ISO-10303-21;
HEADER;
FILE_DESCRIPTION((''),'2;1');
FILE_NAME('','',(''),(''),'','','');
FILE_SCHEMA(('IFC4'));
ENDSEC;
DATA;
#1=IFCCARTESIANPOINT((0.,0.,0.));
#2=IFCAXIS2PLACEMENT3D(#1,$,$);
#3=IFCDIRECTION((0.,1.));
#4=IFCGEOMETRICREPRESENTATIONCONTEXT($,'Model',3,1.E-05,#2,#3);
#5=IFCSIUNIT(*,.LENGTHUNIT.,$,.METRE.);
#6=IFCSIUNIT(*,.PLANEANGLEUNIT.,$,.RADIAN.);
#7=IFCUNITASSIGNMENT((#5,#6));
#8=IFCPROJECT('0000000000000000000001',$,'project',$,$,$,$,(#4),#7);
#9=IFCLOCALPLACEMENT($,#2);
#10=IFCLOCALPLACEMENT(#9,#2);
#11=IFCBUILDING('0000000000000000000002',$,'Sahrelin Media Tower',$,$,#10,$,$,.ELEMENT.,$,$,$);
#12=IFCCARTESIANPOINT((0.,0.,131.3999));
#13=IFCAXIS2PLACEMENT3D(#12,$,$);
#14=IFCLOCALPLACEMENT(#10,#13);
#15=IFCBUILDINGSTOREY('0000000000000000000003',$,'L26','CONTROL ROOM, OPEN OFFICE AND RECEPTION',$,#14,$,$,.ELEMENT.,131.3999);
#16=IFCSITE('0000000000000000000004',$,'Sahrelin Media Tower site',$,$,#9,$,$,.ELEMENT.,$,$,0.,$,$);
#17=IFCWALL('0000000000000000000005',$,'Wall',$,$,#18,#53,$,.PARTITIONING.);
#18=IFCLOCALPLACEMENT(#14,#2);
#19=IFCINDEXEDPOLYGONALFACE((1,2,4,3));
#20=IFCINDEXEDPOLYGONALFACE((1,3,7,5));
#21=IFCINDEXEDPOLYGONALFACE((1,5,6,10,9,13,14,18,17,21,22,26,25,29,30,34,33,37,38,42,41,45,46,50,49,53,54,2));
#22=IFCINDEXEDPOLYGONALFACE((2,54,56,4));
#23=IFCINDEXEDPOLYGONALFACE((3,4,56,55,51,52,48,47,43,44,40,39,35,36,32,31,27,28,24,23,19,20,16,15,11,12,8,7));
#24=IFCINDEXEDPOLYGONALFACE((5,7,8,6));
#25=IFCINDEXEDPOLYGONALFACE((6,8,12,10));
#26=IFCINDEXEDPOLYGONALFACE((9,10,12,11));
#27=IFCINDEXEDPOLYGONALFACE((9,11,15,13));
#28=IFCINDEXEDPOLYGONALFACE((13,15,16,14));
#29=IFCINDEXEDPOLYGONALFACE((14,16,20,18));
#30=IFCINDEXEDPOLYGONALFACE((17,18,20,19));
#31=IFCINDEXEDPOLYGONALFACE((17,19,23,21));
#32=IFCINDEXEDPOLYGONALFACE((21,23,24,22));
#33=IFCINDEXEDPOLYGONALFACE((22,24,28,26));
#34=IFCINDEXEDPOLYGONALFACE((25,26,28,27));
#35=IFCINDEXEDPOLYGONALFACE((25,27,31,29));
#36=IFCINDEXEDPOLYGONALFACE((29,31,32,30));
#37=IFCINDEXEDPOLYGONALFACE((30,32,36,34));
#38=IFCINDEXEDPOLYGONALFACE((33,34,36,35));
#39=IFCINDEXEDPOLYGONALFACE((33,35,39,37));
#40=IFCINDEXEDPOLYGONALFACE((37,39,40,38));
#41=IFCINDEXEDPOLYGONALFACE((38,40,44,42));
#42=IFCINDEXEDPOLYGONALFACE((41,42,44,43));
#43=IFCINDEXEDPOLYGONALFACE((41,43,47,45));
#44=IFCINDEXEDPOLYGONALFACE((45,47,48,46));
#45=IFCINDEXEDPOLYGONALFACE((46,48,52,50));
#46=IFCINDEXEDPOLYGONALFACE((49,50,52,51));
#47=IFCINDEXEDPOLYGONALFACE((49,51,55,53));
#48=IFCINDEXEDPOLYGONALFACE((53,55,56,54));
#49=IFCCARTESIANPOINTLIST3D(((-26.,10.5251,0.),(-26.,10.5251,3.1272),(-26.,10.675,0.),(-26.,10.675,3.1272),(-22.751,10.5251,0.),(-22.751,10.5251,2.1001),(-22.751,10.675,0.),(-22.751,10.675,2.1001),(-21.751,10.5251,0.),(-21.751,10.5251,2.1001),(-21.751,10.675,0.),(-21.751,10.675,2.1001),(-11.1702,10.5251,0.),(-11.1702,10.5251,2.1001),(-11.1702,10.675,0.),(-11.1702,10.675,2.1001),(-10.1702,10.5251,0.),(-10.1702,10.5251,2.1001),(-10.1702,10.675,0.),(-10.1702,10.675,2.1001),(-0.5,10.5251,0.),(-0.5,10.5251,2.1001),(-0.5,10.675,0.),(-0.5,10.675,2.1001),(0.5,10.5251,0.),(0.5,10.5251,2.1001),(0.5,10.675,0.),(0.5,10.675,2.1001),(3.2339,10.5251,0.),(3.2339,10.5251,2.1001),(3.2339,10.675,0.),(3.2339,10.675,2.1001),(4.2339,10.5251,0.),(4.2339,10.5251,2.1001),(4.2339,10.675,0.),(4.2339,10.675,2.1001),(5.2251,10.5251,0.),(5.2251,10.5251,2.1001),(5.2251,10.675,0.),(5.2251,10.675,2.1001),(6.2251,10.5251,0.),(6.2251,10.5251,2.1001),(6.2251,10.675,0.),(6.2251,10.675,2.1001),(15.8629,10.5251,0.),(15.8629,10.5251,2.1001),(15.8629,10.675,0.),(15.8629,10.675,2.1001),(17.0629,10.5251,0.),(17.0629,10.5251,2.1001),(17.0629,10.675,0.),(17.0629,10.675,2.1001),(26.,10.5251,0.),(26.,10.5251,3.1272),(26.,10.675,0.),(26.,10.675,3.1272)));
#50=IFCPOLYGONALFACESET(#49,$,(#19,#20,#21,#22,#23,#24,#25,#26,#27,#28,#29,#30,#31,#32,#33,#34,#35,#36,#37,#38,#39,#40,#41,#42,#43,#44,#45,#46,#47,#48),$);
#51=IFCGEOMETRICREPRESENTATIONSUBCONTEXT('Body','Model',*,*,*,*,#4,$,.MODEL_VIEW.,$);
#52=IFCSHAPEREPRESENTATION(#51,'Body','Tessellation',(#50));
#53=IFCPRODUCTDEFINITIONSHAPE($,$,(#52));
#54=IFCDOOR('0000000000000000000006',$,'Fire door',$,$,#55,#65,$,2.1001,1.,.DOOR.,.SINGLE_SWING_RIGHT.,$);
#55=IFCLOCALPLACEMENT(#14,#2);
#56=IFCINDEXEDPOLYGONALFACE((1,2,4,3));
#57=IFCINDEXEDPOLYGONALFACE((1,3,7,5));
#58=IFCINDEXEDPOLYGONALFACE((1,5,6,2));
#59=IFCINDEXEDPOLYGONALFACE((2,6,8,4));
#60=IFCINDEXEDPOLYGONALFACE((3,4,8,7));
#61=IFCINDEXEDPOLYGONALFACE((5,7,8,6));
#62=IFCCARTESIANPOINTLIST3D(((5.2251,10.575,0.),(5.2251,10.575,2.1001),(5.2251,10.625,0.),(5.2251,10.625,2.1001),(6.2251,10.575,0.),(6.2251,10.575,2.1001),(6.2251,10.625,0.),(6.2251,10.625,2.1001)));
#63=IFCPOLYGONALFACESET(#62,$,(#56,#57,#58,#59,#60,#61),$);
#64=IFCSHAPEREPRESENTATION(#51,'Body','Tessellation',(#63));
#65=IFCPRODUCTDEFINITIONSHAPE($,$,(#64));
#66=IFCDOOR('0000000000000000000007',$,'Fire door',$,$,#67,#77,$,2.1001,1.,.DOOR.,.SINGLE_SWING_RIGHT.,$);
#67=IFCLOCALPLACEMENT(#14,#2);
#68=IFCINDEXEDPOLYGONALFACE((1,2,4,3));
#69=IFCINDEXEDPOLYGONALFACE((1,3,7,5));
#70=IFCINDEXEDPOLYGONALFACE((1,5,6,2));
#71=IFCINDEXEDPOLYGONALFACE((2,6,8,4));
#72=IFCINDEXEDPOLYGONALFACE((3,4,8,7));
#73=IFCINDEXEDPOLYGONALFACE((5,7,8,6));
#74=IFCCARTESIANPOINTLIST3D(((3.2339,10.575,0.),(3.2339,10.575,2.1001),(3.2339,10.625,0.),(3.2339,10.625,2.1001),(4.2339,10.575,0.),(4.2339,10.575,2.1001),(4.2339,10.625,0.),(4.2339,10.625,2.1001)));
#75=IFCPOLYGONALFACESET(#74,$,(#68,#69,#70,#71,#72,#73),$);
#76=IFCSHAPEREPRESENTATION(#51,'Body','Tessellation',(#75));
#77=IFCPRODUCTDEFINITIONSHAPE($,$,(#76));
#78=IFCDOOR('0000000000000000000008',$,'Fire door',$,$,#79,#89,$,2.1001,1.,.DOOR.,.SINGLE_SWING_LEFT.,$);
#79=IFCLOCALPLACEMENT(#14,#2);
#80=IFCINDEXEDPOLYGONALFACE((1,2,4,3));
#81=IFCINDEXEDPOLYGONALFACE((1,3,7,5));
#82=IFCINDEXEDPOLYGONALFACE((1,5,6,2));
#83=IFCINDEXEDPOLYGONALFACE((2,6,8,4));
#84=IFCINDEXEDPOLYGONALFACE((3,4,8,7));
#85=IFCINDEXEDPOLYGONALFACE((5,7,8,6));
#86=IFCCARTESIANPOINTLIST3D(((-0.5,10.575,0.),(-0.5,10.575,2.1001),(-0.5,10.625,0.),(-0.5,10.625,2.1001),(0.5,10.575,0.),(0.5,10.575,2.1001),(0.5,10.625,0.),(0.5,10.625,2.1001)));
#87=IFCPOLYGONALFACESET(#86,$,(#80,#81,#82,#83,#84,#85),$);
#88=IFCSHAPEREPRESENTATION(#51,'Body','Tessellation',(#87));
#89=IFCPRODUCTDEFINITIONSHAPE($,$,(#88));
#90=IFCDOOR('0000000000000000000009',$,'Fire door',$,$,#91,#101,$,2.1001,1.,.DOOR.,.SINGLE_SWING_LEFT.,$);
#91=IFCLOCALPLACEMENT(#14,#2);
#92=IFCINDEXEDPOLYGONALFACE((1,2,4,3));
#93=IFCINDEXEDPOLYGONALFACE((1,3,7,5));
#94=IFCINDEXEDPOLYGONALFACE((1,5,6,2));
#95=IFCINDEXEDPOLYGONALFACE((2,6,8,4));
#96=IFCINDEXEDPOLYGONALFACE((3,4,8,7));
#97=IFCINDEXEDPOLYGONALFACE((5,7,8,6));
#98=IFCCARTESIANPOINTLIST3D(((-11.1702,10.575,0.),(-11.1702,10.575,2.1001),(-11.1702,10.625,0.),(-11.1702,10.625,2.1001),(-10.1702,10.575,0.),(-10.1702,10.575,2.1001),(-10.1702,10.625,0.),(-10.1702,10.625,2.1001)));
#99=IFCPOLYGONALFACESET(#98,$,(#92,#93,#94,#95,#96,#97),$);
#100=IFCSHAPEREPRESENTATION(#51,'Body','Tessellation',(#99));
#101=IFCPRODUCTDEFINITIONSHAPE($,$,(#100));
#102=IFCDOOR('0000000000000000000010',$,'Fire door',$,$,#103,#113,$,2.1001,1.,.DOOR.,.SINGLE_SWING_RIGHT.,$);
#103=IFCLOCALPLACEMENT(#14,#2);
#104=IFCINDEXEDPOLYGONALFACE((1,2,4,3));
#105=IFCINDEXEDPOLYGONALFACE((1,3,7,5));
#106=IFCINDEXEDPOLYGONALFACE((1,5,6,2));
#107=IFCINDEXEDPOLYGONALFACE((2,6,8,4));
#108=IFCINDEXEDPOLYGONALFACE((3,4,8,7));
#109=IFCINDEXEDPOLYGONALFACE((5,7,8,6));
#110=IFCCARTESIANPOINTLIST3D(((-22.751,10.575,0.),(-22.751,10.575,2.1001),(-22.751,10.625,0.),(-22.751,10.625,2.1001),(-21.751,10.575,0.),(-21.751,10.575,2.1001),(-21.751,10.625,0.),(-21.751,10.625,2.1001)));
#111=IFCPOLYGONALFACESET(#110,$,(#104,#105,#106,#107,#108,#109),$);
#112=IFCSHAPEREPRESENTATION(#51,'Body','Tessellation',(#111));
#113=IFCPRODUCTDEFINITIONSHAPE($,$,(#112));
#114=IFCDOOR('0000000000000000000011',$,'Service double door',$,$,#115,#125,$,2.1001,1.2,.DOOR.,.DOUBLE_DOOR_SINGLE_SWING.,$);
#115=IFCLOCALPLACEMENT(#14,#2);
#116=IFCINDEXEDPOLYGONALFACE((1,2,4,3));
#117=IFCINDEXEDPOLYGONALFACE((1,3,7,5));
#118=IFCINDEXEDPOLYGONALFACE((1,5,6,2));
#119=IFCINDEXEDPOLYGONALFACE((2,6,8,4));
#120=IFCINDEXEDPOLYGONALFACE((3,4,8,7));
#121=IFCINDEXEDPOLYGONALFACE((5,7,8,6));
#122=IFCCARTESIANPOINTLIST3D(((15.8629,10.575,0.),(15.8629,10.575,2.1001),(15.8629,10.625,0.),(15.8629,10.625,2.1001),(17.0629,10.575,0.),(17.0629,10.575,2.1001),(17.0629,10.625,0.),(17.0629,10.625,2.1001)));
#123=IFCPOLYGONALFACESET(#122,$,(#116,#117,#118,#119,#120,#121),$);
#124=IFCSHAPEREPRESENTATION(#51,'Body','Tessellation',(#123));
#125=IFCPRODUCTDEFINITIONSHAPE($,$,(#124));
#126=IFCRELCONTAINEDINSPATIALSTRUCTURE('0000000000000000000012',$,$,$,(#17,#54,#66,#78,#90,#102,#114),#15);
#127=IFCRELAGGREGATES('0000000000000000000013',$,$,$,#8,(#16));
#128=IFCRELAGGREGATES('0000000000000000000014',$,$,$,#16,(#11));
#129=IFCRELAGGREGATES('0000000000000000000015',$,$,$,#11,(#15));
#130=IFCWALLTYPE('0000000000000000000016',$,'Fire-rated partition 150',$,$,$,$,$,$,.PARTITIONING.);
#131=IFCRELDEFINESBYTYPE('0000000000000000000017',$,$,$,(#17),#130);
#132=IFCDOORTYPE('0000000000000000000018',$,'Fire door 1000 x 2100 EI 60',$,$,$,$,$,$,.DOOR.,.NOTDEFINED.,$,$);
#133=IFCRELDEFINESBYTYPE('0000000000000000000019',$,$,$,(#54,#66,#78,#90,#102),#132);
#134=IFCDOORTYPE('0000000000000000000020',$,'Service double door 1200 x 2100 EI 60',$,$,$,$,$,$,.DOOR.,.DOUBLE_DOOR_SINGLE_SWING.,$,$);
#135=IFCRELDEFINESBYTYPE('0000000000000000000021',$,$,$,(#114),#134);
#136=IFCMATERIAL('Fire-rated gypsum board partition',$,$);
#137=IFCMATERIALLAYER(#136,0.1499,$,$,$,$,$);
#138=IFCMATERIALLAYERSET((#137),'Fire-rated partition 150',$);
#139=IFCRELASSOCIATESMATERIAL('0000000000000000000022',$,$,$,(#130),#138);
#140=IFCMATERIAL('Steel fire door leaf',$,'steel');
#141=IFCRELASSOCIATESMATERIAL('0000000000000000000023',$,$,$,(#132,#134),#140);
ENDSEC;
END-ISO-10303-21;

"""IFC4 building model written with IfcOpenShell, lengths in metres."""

from ifc_helpers import new_model, si_unit, direction, frame, frame_2d, origin, place, context, subcontext, project, spatial, rectangle, extrude, material, layer, layer_set, type_object, element, fill, save


model = new_model("IFC4")

# Units and contexts
model_context = context("Model", 3, precision=1e-05, world=origin(), true_north=direction((0.0, 1.0)))
body_context = subcontext(model_context, "Body", "Model", "MODEL_VIEW")
ifc_project = project(units=[si_unit("LENGTHUNIT", "METRE"), si_unit("PLANEANGLEUNIT", "RADIAN")], contexts=[model_context])

# Site, building, storey
site_placement = place(None, origin())
site = spatial("IfcSite", under=ifc_project, at=site_placement, Name="Sahrelin Media Tower site", CompositionType="ELEMENT", RefElevation=0.0)
building_placement = place(site_placement, origin())
building = spatial("IfcBuilding", under=site, at=building_placement, Name="Sahrelin Media Tower", CompositionType="ELEMENT")
storey_placement = place(building_placement, frame((0.0, 0.0, 131.3999)))
storey = spatial("IfcBuildingStorey", under=building, at=storey_placement, Name="L26", Description="CONTROL ROOM, OPEN OFFICE AND RECEPTION", CompositionType="ELEMENT", Elevation=131.3999)

# Shared definitions
ifc_material_1 = material(Name="Fire-rated gypsum board partition")
ifc_layer_1 = layer(ifc_material_1, 0.1499)
ifc_layer_set_1 = layer_set([ifc_layer_1], Name="Fire-rated partition 150")
wall_type_1 = type_object("IfcWallType", Name="Fire-rated partition 150", PredefinedType="PARTITIONING", material=ifc_layer_set_1)

# Wall, openings, doors
wall_1_placement = place(storey_placement, frame((-26.0, 10.6001, 0.0), z_axis=(0.0, 0.0, 1.0), x_axis=(1.0, 0.0, 0.0)))
wall_1 = element("IfcWall", 1, at=wall_1_placement, inside=storey, type_object=wall_type_1, Name="Wall", PredefinedType="PARTITIONING", context=body_context, shape_type="SweptSolid", body=[
    extrude(rectangle(XDim=52.0, YDim=0.1499, at=frame_2d((26.0, 0.0))), origin(), (0.0, 0.0, 1.0), 3.1272),
])
opening_1_placement = place(wall_1_placement, frame((41.8628, 0.0, 0.0)))
opening_1 = element("IfcOpeningElement", 2, at=opening_1_placement, cuts=wall_1, PredefinedType="OPENING", context=body_context, shape_type="SweptSolid", body=[
    extrude(rectangle(XDim=1.2, YDim=2.1001, at=frame_2d((0.6001, 1.05))), frame((0.0, 0.075, 0.0), z_axis=(0.0, -1.0, 0.0), x_axis=(1.0, 0.0, 0.0)), (0.0, 0.0, 1.0), 0.1499),
])
opening_2_placement = place(wall_1_placement, frame((31.2251, 0.0, 0.0)))
opening_2 = element("IfcOpeningElement", 3, at=opening_2_placement, cuts=wall_1, PredefinedType="OPENING", context=body_context, shape_type="SweptSolid", body=[
    extrude(rectangle(XDim=1.0, YDim=2.1001, at=frame_2d((0.5, 1.05))), frame((0.0, 0.075, 0.0), z_axis=(0.0, -1.0, 0.0), x_axis=(1.0, 0.0, 0.0)), (0.0, 0.0, 1.0), 0.1499),
])
opening_3_placement = place(wall_1_placement, frame((29.2339, 0.0, 0.0)))
opening_3 = element("IfcOpeningElement", 4, at=opening_3_placement, cuts=wall_1, PredefinedType="OPENING", context=body_context, shape_type="SweptSolid", body=[
    extrude(rectangle(XDim=1.0, YDim=2.1001, at=frame_2d((0.5, 1.05))), frame((0.0, 0.075, 0.0), z_axis=(0.0, -1.0, 0.0), x_axis=(1.0, 0.0, 0.0)), (0.0, 0.0, 1.0), 0.1499),
])
opening_4_placement = place(wall_1_placement, frame((25.5, 0.0, 0.0)))
opening_4 = element("IfcOpeningElement", 5, at=opening_4_placement, cuts=wall_1, PredefinedType="OPENING", context=body_context, shape_type="SweptSolid", body=[
    extrude(rectangle(XDim=1.0, YDim=2.1001, at=frame_2d((0.5, 1.05))), frame((0.0, 0.075, 0.0), z_axis=(0.0, -1.0, 0.0), x_axis=(1.0, 0.0, 0.0)), (0.0, 0.0, 1.0), 0.1499),
])
opening_5_placement = place(wall_1_placement, frame((14.8298, 0.0, 0.0)))
opening_5 = element("IfcOpeningElement", 6, at=opening_5_placement, cuts=wall_1, PredefinedType="OPENING", context=body_context, shape_type="SweptSolid", body=[
    extrude(rectangle(XDim=1.0, YDim=2.1001, at=frame_2d((0.5, 1.05))), frame((0.0, 0.075, 0.0), z_axis=(0.0, -1.0, 0.0), x_axis=(1.0, 0.0, 0.0)), (0.0, 0.0, 1.0), 0.1499),
])
opening_6_placement = place(wall_1_placement, frame((3.249, 0.0, 0.0)))
opening_6 = element("IfcOpeningElement", 7, at=opening_6_placement, cuts=wall_1, PredefinedType="OPENING", context=body_context, shape_type="SweptSolid", body=[
    extrude(rectangle(XDim=1.0, YDim=2.1001, at=frame_2d((0.5, 1.05))), frame((0.0, 0.075, 0.0), z_axis=(0.0, -1.0, 0.0), x_axis=(1.0, 0.0, 0.0)), (0.0, 0.0, 1.0), 0.1499),
])
ifc_material_2 = material(Name="Steel fire door leaf", Category="steel")
door_type_1 = type_object("IfcDoorType", Name="Fire door 1000 x 2100 EI 60", OperationType="NOTDEFINED", PredefinedType="DOOR", material=ifc_material_2)
door_1_placement = place(opening_2_placement, origin())
door_1 = element("IfcDoor", 8, at=door_1_placement, inside=storey, type_object=door_type_1, Name="Fire door", OperationType="SINGLE_SWING_RIGHT", OverallHeight=2.1001, OverallWidth=1.0, PredefinedType="DOOR", context=body_context, shape_type="SweptSolid", body=[
    extrude(rectangle(XDim=1.0, YDim=2.1001, at=frame_2d((0.5, 1.05))), frame((0.0, 0.0249, 0.0), z_axis=(0.0, -1.0, 0.0), x_axis=(1.0, 0.0, 0.0)), (0.0, 0.0, 1.0), 0.05),
])
fill(opening_2, door_1)
door_2_placement = place(opening_3_placement, origin())
door_2 = element("IfcDoor", 9, at=door_2_placement, inside=storey, type_object=door_type_1, Name="Fire door", OperationType="SINGLE_SWING_RIGHT", OverallHeight=2.1001, OverallWidth=1.0, PredefinedType="DOOR", context=body_context, shape_type="SweptSolid", body=[
    extrude(rectangle(XDim=1.0, YDim=2.1001, at=frame_2d((0.5, 1.05))), frame((0.0, 0.0249, 0.0), z_axis=(0.0, -1.0, 0.0), x_axis=(1.0, 0.0, 0.0)), (0.0, 0.0, 1.0), 0.05),
])
fill(opening_3, door_2)
door_3_placement = place(opening_4_placement, origin())
door_3 = element("IfcDoor", 10, at=door_3_placement, inside=storey, type_object=door_type_1, Name="Fire door", OperationType="SINGLE_SWING_LEFT", OverallHeight=2.1001, OverallWidth=1.0, PredefinedType="DOOR", context=body_context, shape_type="SweptSolid", body=[
    extrude(rectangle(XDim=1.0, YDim=2.1001, at=frame_2d((0.5, 1.05))), frame((0.0, 0.0249, 0.0), z_axis=(0.0, -1.0, 0.0), x_axis=(1.0, 0.0, 0.0)), (0.0, 0.0, 1.0), 0.05),
])
fill(opening_4, door_3)
door_4_placement = place(opening_5_placement, origin())
door_4 = element("IfcDoor", 11, at=door_4_placement, inside=storey, type_object=door_type_1, Name="Fire door", OperationType="SINGLE_SWING_LEFT", OverallHeight=2.1001, OverallWidth=1.0, PredefinedType="DOOR", context=body_context, shape_type="SweptSolid", body=[
    extrude(rectangle(XDim=1.0, YDim=2.1001, at=frame_2d((0.5, 1.05))), frame((0.0, 0.0249, 0.0), z_axis=(0.0, -1.0, 0.0), x_axis=(1.0, 0.0, 0.0)), (0.0, 0.0, 1.0), 0.05),
])
fill(opening_5, door_4)
door_5_placement = place(opening_6_placement, origin())
door_5 = element("IfcDoor", 12, at=door_5_placement, inside=storey, type_object=door_type_1, Name="Fire door", OperationType="SINGLE_SWING_RIGHT", OverallHeight=2.1001, OverallWidth=1.0, PredefinedType="DOOR", context=body_context, shape_type="SweptSolid", body=[
    extrude(rectangle(XDim=1.0, YDim=2.1001, at=frame_2d((0.5, 1.05))), frame((0.0, 0.0249, 0.0), z_axis=(0.0, -1.0, 0.0), x_axis=(1.0, 0.0, 0.0)), (0.0, 0.0, 1.0), 0.05),
])
fill(opening_6, door_5)
door_type_2 = type_object("IfcDoorType", Name="Service double door 1200 x 2100 EI 60", OperationType="DOUBLE_DOOR_SINGLE_SWING", PredefinedType="DOOR", material=ifc_material_2)
door_6_placement = place(opening_1_placement, origin())
door_6 = element("IfcDoor", 13, at=door_6_placement, inside=storey, type_object=door_type_2, Name="Service double door", OperationType="DOUBLE_DOOR_SINGLE_SWING", OverallHeight=2.1001, OverallWidth=1.2, PredefinedType="DOOR", context=body_context, shape_type="SweptSolid", body=[
    extrude(rectangle(XDim=1.2, YDim=2.1001, at=frame_2d((0.6001, 1.05))), frame((0.0, 0.0249, 0.0), z_axis=(0.0, -1.0, 0.0), x_axis=(1.0, 0.0, 0.0)), (0.0, 0.0, 1.0), 0.05),
])
fill(opening_1, door_6)

save(model, "model.ifc")
